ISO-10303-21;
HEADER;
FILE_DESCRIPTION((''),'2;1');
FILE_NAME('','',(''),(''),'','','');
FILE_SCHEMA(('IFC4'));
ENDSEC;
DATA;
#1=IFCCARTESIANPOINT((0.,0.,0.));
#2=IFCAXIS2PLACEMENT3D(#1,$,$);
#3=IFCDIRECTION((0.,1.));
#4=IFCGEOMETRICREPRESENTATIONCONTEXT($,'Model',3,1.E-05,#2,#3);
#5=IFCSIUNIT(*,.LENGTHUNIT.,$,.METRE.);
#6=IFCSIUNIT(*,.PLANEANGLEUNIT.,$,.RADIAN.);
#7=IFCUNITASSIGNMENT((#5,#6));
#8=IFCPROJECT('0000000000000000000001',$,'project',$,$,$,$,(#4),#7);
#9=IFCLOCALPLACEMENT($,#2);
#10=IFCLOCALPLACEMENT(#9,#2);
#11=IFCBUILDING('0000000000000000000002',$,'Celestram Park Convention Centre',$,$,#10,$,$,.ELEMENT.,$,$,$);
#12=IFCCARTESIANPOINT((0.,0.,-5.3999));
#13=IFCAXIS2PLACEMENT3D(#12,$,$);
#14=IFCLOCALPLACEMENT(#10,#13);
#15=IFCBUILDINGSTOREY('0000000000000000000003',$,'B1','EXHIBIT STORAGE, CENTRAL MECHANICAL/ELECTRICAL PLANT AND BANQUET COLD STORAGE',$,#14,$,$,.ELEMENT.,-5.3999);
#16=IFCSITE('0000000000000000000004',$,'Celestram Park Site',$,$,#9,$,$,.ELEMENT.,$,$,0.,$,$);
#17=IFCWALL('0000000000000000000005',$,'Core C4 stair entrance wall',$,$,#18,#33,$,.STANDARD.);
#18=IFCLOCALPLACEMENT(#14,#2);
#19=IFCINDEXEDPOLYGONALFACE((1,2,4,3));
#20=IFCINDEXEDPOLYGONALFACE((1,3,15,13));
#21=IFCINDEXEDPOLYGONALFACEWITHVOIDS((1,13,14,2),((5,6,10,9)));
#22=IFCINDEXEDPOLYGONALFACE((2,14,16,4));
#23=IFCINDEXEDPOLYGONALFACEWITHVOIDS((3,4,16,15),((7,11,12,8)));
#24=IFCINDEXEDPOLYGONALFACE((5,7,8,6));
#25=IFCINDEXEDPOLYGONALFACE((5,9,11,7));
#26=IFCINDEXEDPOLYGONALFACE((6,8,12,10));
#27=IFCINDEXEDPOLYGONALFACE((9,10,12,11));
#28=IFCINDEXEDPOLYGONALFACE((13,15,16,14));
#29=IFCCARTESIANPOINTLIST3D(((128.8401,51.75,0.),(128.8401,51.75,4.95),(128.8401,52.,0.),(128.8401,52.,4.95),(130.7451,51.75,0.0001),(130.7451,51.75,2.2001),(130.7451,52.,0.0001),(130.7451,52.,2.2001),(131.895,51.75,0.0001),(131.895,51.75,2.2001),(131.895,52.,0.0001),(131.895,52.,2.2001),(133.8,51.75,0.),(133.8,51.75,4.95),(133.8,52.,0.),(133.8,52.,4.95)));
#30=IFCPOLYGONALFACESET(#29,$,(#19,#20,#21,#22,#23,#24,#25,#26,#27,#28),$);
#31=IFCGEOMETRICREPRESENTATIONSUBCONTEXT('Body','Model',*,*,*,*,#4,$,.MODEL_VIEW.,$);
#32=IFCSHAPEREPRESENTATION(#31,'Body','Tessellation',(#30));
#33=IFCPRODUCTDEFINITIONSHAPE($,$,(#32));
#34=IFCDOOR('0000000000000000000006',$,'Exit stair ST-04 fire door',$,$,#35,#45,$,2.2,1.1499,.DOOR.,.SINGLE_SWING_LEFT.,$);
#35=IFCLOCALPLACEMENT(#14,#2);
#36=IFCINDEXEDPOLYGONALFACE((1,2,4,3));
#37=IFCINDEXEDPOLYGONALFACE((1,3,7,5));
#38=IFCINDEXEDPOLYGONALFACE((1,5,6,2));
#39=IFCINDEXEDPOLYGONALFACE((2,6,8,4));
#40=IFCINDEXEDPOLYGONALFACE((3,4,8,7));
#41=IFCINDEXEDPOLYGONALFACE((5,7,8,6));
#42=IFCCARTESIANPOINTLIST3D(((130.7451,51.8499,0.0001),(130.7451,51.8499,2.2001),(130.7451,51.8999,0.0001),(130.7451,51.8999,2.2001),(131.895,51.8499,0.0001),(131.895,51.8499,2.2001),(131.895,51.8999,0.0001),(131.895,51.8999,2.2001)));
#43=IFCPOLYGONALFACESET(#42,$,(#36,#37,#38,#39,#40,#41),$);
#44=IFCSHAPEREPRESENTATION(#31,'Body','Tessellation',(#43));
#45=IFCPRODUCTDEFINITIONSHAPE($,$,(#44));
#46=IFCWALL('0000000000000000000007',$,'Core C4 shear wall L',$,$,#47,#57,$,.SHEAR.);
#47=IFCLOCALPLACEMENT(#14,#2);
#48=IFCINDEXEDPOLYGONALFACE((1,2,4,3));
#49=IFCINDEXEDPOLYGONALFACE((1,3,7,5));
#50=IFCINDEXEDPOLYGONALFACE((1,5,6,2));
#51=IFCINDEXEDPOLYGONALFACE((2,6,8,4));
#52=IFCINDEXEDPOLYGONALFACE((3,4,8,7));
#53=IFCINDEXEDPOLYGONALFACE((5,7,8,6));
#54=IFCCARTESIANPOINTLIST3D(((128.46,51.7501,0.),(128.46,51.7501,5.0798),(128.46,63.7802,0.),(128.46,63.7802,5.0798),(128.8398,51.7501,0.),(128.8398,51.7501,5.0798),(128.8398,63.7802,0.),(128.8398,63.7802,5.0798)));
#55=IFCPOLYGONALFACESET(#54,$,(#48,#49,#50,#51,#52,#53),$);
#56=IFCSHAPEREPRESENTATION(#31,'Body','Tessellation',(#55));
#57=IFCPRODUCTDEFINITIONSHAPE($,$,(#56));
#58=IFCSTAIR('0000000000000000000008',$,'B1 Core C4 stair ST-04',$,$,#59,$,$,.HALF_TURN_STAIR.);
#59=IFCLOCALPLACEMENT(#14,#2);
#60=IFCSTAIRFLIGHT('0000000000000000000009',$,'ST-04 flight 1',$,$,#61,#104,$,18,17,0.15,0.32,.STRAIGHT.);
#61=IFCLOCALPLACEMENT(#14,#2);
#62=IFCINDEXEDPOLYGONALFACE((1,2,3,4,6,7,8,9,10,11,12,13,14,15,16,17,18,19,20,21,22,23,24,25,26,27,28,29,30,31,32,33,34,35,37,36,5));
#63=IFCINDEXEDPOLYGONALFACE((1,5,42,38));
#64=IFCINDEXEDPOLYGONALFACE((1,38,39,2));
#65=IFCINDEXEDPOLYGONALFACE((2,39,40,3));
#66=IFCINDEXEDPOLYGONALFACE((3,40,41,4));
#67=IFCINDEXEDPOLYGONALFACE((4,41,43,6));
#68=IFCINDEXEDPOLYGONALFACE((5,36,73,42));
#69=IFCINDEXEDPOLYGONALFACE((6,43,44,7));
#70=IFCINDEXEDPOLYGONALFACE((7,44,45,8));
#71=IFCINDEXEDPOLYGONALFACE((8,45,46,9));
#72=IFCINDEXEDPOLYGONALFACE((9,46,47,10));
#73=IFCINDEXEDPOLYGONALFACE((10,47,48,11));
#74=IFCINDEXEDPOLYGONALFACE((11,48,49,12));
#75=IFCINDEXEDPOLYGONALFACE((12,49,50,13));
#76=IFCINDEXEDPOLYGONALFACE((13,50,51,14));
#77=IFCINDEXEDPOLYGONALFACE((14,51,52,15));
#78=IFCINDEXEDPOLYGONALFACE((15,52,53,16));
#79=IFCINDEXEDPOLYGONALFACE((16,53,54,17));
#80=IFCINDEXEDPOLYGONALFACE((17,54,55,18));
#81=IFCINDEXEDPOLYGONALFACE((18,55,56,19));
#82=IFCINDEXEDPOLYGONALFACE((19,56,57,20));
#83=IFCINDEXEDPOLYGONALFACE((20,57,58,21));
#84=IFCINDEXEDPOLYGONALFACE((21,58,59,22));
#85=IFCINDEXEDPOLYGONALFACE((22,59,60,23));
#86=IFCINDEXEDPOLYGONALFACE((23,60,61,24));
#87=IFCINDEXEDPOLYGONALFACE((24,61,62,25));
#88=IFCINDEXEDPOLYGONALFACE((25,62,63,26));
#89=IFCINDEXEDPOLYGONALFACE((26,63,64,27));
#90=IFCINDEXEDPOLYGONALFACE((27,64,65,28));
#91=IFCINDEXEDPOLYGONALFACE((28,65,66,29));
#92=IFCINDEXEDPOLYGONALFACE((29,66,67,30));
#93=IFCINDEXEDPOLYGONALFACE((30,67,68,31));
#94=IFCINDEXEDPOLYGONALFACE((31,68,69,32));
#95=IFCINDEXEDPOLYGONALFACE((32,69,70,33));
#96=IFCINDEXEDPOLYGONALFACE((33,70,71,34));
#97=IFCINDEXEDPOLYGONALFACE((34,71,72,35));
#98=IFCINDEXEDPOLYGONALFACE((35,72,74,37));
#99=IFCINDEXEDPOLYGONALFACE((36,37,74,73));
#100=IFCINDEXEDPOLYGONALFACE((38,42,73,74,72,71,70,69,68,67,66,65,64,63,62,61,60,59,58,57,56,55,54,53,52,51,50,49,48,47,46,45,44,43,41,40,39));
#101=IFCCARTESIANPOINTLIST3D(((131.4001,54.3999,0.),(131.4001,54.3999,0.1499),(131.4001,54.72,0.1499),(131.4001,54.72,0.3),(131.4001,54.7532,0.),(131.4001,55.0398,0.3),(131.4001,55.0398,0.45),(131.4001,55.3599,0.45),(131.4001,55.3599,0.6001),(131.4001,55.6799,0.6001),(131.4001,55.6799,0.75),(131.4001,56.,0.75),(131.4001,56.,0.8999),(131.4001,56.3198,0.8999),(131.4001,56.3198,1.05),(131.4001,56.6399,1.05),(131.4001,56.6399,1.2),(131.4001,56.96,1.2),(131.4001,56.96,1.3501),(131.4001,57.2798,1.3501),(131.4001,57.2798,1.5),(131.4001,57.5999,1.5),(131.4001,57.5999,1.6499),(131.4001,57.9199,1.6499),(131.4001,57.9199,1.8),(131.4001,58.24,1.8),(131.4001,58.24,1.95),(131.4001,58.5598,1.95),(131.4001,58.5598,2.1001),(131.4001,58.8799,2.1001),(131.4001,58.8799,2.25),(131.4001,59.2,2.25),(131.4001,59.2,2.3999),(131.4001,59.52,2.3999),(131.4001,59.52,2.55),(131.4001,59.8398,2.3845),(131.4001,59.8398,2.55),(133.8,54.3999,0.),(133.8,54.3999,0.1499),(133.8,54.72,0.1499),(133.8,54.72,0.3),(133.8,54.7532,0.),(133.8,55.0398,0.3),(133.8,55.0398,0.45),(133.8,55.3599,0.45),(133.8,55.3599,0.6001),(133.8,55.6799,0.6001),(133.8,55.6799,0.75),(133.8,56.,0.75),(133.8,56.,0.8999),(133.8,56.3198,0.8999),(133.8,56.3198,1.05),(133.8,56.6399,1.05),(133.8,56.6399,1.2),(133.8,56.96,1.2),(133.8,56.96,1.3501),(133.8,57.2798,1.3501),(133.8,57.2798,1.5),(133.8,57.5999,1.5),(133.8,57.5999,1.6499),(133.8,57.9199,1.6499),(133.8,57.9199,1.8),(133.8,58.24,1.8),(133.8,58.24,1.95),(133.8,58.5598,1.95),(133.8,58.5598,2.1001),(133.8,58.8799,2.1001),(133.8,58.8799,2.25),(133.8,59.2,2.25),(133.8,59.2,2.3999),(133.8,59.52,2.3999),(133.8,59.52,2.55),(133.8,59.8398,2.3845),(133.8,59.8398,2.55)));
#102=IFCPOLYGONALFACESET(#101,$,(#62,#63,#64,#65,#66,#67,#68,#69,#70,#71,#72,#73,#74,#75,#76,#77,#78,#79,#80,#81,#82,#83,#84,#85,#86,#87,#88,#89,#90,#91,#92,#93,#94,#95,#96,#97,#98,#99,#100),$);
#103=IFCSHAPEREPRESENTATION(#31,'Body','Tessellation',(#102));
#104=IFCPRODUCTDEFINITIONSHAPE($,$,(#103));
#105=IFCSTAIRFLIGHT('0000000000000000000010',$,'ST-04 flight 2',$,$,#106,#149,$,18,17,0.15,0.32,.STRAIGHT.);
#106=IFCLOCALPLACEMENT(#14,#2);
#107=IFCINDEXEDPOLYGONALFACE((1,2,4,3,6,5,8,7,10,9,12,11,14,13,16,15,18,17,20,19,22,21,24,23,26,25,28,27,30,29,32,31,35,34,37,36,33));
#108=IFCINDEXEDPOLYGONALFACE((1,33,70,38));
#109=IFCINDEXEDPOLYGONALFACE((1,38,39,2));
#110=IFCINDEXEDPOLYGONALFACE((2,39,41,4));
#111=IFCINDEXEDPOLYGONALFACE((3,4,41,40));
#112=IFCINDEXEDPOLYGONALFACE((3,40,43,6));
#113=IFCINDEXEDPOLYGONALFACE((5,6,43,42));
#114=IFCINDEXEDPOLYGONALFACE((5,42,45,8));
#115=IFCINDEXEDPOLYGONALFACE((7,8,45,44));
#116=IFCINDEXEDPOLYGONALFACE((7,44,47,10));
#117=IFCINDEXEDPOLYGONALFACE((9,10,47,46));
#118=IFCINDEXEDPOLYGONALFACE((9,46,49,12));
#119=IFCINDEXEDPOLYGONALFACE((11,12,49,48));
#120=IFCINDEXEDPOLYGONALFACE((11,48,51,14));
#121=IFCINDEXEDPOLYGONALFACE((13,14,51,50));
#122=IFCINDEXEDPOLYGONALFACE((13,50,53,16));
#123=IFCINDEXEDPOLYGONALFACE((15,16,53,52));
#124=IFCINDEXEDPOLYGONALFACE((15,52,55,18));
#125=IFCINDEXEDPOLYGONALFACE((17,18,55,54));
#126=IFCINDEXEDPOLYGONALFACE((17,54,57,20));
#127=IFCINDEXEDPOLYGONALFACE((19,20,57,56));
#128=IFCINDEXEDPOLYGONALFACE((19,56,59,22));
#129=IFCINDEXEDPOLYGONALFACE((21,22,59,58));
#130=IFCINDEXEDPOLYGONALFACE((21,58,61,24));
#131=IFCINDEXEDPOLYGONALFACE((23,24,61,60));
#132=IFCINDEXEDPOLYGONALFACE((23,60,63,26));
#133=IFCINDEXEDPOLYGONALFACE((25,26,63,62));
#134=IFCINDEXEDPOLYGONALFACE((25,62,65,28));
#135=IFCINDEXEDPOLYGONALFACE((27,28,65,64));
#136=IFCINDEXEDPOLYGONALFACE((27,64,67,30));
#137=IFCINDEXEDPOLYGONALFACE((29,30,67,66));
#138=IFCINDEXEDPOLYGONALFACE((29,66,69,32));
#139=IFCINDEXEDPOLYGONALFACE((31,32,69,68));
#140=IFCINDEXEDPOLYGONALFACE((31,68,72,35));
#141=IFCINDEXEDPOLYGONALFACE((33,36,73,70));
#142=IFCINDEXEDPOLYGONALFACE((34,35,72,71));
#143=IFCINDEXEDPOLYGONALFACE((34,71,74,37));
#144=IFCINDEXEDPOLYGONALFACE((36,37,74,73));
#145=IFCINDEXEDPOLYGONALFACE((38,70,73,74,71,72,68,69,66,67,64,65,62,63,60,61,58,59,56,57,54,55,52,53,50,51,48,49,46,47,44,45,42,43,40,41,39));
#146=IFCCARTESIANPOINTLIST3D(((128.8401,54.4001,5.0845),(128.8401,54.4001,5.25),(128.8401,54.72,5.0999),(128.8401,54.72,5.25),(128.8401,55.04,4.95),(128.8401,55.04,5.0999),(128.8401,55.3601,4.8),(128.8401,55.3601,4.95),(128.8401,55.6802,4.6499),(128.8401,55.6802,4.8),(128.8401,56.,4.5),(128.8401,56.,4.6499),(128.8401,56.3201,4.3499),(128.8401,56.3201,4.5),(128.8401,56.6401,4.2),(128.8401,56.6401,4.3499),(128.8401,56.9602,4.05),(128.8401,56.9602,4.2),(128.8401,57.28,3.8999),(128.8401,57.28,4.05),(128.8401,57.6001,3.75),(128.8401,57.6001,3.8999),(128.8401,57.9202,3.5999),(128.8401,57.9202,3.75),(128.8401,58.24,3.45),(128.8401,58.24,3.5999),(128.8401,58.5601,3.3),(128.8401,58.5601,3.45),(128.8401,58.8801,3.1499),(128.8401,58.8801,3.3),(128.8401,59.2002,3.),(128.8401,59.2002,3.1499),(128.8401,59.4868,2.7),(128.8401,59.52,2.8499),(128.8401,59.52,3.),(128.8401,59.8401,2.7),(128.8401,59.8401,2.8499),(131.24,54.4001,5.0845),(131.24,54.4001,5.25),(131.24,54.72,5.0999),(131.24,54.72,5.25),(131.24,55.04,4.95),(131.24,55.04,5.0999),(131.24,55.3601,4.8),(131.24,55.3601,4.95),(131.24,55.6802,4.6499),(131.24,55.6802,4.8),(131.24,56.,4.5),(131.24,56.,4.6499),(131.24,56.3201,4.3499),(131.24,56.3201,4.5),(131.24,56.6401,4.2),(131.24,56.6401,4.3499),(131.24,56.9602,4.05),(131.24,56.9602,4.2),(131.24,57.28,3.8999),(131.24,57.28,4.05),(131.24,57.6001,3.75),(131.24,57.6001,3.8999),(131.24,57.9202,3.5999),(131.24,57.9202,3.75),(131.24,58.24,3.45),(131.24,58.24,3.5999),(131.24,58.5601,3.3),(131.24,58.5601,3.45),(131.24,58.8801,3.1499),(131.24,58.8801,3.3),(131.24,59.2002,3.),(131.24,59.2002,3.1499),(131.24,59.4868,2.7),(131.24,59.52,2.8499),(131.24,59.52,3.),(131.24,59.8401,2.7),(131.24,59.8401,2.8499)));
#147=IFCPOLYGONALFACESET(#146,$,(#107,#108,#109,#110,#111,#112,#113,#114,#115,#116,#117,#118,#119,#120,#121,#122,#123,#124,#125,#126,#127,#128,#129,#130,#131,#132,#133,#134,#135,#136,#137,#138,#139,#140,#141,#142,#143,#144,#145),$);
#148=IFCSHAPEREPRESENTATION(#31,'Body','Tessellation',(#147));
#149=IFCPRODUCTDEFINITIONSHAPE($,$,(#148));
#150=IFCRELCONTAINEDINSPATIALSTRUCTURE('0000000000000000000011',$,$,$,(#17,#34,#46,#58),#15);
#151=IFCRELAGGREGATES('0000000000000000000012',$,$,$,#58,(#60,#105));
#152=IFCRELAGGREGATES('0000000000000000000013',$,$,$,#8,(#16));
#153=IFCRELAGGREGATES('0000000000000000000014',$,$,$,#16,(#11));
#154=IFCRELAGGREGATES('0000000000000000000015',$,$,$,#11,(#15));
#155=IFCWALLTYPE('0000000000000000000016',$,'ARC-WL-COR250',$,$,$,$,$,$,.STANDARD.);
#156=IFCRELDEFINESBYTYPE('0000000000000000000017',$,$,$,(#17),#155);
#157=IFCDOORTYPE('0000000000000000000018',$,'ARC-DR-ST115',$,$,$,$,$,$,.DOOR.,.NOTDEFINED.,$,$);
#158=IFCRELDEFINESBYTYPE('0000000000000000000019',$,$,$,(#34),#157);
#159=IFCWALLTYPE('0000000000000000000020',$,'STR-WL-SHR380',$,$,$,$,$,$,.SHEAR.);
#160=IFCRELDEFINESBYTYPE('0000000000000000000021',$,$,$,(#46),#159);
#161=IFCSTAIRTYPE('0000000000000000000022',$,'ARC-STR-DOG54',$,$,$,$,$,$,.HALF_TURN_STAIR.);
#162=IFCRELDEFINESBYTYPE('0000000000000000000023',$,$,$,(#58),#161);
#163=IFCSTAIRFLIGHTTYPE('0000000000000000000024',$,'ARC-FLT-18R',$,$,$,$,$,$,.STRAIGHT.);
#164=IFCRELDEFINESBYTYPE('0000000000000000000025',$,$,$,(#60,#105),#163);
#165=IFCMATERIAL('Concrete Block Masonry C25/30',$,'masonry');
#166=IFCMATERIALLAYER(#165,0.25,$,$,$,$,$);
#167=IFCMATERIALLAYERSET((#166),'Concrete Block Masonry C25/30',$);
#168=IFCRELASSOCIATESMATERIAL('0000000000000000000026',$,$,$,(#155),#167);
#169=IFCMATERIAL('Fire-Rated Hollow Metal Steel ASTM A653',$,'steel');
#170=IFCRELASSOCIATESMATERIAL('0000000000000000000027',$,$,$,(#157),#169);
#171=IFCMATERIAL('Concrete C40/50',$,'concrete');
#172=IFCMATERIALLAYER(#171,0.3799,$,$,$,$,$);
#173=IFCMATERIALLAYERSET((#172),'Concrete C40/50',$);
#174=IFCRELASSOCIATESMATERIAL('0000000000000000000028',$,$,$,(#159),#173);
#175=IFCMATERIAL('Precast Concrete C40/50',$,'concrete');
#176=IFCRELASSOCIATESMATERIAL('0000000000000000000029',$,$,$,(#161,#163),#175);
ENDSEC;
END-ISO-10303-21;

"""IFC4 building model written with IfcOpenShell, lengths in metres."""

from ifc_helpers import new_model, si_unit, direction, frame, frame_2d, origin, place, context, subcontext, project, spatial, polyline, rectangle, outline, extrude, material, layer, layer_set, type_object, element, fill, aggregate, save


model = new_model("IFC4")

# Units and contexts
model_context = context("Model", 3, precision=1e-05, world=origin(), true_north=direction((0.0, 1.0)))
body_context = subcontext(model_context, "Body", "Model", "MODEL_VIEW")
ifc_project = project(units=[si_unit("LENGTHUNIT", "METRE"), si_unit("PLANEANGLEUNIT", "RADIAN")], contexts=[model_context])

# Site, building, storey
site_placement = place(None, origin())
site = spatial("IfcSite", under=ifc_project, at=site_placement, Name="Celestram Park Site", CompositionType="ELEMENT", RefElevation=0.0)
building_placement = place(site_placement, origin())
building = spatial("IfcBuilding", under=site, at=building_placement, Name="Celestram Park Convention Centre", CompositionType="ELEMENT")
storey_placement = place(building_placement, frame((0.0, 0.0, -5.3999)))
storey = spatial("IfcBuildingStorey", under=building, at=storey_placement, Name="B1", Description="EXHIBIT STORAGE, CENTRAL MECHANICAL/ELECTRICAL PLANT AND BANQUET COLD STORAGE", CompositionType="ELEMENT", Elevation=-5.3999)

# Shared definitions
ifc_material_1 = material(Name="Concrete C40/50", Category="concrete")

# Wall, opening, door
ifc_material_2 = material(Name="Concrete Block Masonry C25/30", Category="masonry")
ifc_layer_1 = layer(ifc_material_2, 0.25)
ifc_layer_set_1 = layer_set([ifc_layer_1], Name="Concrete Block Masonry C25/30")
wall_type_1 = type_object("IfcWallType", Name="ARC-WL-COR250", PredefinedType="STANDARD", material=ifc_layer_set_1)
wall_1_placement = place(storey_placement, frame((128.8401, 51.875, 0.0), z_axis=(0.0, 0.0, 1.0), x_axis=(1.0, 0.0, 0.0)))
wall_1 = element("IfcWall", 1, at=wall_1_placement, inside=storey, type_object=wall_type_1, Name="Core C4 stair entrance wall", PredefinedType="STANDARD", context=body_context, shape_type="SweptSolid", body=[
    extrude(rectangle(XDim=4.96, YDim=0.25, at=frame_2d((2.48, 0.0))), origin(), (0.0, 0.0, 1.0), 4.95),
])
opening_placement = place(wall_1_placement, frame((1.905, 0.0, 0.0)))
opening = element("IfcOpeningElement", 2, at=opening_placement, cuts=wall_1, PredefinedType="OPENING", context=body_context, shape_type="SweptSolid", body=[
    extrude(rectangle(XDim=1.1499, YDim=2.2, at=frame_2d((0.575, 1.1001))), frame((0.0, 0.135, 0.0), z_axis=(0.0, -1.0, 0.0), x_axis=(1.0, 0.0, 0.0)), (0.0, 0.0, 1.0), 0.27),
])
ifc_material_3 = material(Name="Fire-Rated Hollow Metal Steel ASTM A653", Category="steel")
door_type = type_object("IfcDoorType", Name="ARC-DR-ST115", OperationType="NOTDEFINED", PredefinedType="DOOR", material=ifc_material_3)
door_placement = place(opening_placement, origin())
door = element("IfcDoor", 3, at=door_placement, inside=storey, type_object=door_type, Name="Exit stair ST-04 fire door", OperationType="SINGLE_SWING_LEFT", OverallHeight=2.2, OverallWidth=1.1499, PredefinedType="DOOR", context=body_context, shape_type="SweptSolid", body=[
    extrude(rectangle(XDim=1.1499, YDim=2.2, at=frame_2d((0.575, 1.1001))), frame((0.0, 0.0249, 0.0), z_axis=(0.0, -1.0, 0.0), x_axis=(1.0, 0.0, 0.0)), (0.0, 0.0, 1.0), 0.05),
])
fill(opening, door)

# Wall
ifc_layer_2 = layer(ifc_material_1, 0.3799)
ifc_layer_set_2 = layer_set([ifc_layer_2], Name="Concrete C40/50")
wall_type_2 = type_object("IfcWallType", Name="STR-WL-SHR380", PredefinedType="SHEAR", material=ifc_layer_set_2)
wall_2_placement = place(storey_placement, frame((128.6499, 51.75, 0.0), z_axis=(0.0, 0.0, 1.0), x_axis=(0.0, 1.0, 0.0)))
element("IfcWall", 4, at=wall_2_placement, inside=storey, type_object=wall_type_2, Name="Core C4 shear wall L", PredefinedType="SHEAR", context=body_context, shape_type="SweptSolid", body=[
    extrude(rectangle(XDim=12.03, YDim=0.3799, at=frame_2d((6.0151, 0.0))), origin(), (0.0, 0.0, 1.0), 5.0798),
])

# Stair, stair flights
ifc_material_4 = material(Name="Precast Concrete C40/50", Category="concrete")
stair_type = type_object("IfcStairType", Name="ARC-STR-DOG54", PredefinedType="HALF_TURN_STAIR", material=ifc_material_4)
stair_placement = place(storey_placement, origin())
stair = element("IfcStair", 5, at=stair_placement, inside=storey, type_object=stair_type, Name="B1 Core C4 stair ST-04", PredefinedType="HALF_TURN_STAIR")
stair_flight_type = type_object("IfcStairFlightType", Name="ARC-FLT-18R", PredefinedType="STRAIGHT", material=ifc_material_4)
stair_flight_1_placement = place(storey_placement, frame((132.6001, 54.3999, 0.0), z_axis=(0.0, 0.0, 1.0), x_axis=(0.0, 1.0, 0.0)))
stair_flight_1 = element("IfcStairFlight", 6, at=stair_flight_1_placement, type_object=stair_flight_type, Name="ST-04 flight 1", NumberOfRisers=18, NumberOfTreads=17, PredefinedType="STRAIGHT", RiserHeight=0.15, TreadLength=0.32, context=body_context, shape_type="SweptSolid", body=[
    extrude(outline(polyline([(0.0, 0.0), (0.0, 0.1499), (0.3201, 0.1499), (0.3201, 0.3), (0.6399, 0.3), (0.6399, 0.45), (0.96, 0.45), (0.96, 0.6001), (1.28, 0.6001), (1.28, 0.75), (1.6001, 0.75), (1.6001, 0.8999), (1.9199, 0.8999), (1.9199, 1.05), (2.24, 1.05), (2.24, 1.2), (2.5601, 1.2), (2.5601, 1.3501), (2.8799, 1.3501), (2.8799, 1.5), (3.2, 1.5), (3.2, 1.6499), (3.52, 1.6499), (3.52, 1.8), (3.8401, 1.8), (3.8401, 1.95), (4.1599, 1.95), (4.1599, 2.1001), (4.48, 2.1001), (4.48, 2.25), (4.8, 2.25), (4.8, 2.3999), (5.1201, 2.3999), (5.1201, 2.55), (5.4399, 2.55), (5.4399, 2.7), (5.4399, 2.3845), (0.3533, 0.0), (0.0, 0.0)])), frame((0.0, 1.2, 0.0), z_axis=(0.0, -1.0, 0.0), x_axis=(1.0, 0.0, 0.0)), (0.0, 0.0, 1.0), 2.3999),
])
stair_flight_2_placement = place(storey_placement, frame((130.04, 59.8401, 2.7), z_axis=(0.0, 0.0, 1.0), x_axis=(0.0, -1.0, 0.0)))
stair_flight_2 = element("IfcStairFlight", 7, at=stair_flight_2_placement, type_object=stair_flight_type, Name="ST-04 flight 2", NumberOfRisers=18, NumberOfTreads=17, PredefinedType="STRAIGHT", RiserHeight=0.15, TreadLength=0.32, context=body_context, shape_type="SweptSolid", body=[
    extrude(outline(polyline([(0.0, 0.0), (0.0, 0.1499), (0.3201, 0.1499), (0.3201, 0.3), (0.6399, 0.3), (0.6399, 0.45), (0.96, 0.45), (0.96, 0.6001), (1.28, 0.6001), (1.28, 0.75), (1.6001, 0.75), (1.6001, 0.8999), (1.9199, 0.8999), (1.9199, 1.05), (2.24, 1.05), (2.24, 1.2), (2.5601, 1.2), (2.5601, 1.3501), (2.8799, 1.3501), (2.8799, 1.5), (3.2, 1.5), (3.2, 1.6499), (3.52, 1.6499), (3.52, 1.8), (3.8401, 1.8), (3.8401, 1.95), (4.1599, 1.95), (4.1599, 2.1001), (4.48, 2.1001), (4.48, 2.25), (4.8, 2.25), (4.8, 2.3999), (5.1201, 2.3999), (5.1201, 2.55), (5.4399, 2.55), (5.4399, 2.7), (5.4399, 2.3845), (0.3533, 0.0), (0.0, 0.0)])), frame((0.0, 1.2, 0.0), z_axis=(0.0, -1.0, 0.0), x_axis=(1.0, 0.0, 0.0)), (0.0, 0.0, 1.0), 2.3999),
])
aggregate(stair, [stair_flight_1, stair_flight_2])

save(model, "model.ifc")
